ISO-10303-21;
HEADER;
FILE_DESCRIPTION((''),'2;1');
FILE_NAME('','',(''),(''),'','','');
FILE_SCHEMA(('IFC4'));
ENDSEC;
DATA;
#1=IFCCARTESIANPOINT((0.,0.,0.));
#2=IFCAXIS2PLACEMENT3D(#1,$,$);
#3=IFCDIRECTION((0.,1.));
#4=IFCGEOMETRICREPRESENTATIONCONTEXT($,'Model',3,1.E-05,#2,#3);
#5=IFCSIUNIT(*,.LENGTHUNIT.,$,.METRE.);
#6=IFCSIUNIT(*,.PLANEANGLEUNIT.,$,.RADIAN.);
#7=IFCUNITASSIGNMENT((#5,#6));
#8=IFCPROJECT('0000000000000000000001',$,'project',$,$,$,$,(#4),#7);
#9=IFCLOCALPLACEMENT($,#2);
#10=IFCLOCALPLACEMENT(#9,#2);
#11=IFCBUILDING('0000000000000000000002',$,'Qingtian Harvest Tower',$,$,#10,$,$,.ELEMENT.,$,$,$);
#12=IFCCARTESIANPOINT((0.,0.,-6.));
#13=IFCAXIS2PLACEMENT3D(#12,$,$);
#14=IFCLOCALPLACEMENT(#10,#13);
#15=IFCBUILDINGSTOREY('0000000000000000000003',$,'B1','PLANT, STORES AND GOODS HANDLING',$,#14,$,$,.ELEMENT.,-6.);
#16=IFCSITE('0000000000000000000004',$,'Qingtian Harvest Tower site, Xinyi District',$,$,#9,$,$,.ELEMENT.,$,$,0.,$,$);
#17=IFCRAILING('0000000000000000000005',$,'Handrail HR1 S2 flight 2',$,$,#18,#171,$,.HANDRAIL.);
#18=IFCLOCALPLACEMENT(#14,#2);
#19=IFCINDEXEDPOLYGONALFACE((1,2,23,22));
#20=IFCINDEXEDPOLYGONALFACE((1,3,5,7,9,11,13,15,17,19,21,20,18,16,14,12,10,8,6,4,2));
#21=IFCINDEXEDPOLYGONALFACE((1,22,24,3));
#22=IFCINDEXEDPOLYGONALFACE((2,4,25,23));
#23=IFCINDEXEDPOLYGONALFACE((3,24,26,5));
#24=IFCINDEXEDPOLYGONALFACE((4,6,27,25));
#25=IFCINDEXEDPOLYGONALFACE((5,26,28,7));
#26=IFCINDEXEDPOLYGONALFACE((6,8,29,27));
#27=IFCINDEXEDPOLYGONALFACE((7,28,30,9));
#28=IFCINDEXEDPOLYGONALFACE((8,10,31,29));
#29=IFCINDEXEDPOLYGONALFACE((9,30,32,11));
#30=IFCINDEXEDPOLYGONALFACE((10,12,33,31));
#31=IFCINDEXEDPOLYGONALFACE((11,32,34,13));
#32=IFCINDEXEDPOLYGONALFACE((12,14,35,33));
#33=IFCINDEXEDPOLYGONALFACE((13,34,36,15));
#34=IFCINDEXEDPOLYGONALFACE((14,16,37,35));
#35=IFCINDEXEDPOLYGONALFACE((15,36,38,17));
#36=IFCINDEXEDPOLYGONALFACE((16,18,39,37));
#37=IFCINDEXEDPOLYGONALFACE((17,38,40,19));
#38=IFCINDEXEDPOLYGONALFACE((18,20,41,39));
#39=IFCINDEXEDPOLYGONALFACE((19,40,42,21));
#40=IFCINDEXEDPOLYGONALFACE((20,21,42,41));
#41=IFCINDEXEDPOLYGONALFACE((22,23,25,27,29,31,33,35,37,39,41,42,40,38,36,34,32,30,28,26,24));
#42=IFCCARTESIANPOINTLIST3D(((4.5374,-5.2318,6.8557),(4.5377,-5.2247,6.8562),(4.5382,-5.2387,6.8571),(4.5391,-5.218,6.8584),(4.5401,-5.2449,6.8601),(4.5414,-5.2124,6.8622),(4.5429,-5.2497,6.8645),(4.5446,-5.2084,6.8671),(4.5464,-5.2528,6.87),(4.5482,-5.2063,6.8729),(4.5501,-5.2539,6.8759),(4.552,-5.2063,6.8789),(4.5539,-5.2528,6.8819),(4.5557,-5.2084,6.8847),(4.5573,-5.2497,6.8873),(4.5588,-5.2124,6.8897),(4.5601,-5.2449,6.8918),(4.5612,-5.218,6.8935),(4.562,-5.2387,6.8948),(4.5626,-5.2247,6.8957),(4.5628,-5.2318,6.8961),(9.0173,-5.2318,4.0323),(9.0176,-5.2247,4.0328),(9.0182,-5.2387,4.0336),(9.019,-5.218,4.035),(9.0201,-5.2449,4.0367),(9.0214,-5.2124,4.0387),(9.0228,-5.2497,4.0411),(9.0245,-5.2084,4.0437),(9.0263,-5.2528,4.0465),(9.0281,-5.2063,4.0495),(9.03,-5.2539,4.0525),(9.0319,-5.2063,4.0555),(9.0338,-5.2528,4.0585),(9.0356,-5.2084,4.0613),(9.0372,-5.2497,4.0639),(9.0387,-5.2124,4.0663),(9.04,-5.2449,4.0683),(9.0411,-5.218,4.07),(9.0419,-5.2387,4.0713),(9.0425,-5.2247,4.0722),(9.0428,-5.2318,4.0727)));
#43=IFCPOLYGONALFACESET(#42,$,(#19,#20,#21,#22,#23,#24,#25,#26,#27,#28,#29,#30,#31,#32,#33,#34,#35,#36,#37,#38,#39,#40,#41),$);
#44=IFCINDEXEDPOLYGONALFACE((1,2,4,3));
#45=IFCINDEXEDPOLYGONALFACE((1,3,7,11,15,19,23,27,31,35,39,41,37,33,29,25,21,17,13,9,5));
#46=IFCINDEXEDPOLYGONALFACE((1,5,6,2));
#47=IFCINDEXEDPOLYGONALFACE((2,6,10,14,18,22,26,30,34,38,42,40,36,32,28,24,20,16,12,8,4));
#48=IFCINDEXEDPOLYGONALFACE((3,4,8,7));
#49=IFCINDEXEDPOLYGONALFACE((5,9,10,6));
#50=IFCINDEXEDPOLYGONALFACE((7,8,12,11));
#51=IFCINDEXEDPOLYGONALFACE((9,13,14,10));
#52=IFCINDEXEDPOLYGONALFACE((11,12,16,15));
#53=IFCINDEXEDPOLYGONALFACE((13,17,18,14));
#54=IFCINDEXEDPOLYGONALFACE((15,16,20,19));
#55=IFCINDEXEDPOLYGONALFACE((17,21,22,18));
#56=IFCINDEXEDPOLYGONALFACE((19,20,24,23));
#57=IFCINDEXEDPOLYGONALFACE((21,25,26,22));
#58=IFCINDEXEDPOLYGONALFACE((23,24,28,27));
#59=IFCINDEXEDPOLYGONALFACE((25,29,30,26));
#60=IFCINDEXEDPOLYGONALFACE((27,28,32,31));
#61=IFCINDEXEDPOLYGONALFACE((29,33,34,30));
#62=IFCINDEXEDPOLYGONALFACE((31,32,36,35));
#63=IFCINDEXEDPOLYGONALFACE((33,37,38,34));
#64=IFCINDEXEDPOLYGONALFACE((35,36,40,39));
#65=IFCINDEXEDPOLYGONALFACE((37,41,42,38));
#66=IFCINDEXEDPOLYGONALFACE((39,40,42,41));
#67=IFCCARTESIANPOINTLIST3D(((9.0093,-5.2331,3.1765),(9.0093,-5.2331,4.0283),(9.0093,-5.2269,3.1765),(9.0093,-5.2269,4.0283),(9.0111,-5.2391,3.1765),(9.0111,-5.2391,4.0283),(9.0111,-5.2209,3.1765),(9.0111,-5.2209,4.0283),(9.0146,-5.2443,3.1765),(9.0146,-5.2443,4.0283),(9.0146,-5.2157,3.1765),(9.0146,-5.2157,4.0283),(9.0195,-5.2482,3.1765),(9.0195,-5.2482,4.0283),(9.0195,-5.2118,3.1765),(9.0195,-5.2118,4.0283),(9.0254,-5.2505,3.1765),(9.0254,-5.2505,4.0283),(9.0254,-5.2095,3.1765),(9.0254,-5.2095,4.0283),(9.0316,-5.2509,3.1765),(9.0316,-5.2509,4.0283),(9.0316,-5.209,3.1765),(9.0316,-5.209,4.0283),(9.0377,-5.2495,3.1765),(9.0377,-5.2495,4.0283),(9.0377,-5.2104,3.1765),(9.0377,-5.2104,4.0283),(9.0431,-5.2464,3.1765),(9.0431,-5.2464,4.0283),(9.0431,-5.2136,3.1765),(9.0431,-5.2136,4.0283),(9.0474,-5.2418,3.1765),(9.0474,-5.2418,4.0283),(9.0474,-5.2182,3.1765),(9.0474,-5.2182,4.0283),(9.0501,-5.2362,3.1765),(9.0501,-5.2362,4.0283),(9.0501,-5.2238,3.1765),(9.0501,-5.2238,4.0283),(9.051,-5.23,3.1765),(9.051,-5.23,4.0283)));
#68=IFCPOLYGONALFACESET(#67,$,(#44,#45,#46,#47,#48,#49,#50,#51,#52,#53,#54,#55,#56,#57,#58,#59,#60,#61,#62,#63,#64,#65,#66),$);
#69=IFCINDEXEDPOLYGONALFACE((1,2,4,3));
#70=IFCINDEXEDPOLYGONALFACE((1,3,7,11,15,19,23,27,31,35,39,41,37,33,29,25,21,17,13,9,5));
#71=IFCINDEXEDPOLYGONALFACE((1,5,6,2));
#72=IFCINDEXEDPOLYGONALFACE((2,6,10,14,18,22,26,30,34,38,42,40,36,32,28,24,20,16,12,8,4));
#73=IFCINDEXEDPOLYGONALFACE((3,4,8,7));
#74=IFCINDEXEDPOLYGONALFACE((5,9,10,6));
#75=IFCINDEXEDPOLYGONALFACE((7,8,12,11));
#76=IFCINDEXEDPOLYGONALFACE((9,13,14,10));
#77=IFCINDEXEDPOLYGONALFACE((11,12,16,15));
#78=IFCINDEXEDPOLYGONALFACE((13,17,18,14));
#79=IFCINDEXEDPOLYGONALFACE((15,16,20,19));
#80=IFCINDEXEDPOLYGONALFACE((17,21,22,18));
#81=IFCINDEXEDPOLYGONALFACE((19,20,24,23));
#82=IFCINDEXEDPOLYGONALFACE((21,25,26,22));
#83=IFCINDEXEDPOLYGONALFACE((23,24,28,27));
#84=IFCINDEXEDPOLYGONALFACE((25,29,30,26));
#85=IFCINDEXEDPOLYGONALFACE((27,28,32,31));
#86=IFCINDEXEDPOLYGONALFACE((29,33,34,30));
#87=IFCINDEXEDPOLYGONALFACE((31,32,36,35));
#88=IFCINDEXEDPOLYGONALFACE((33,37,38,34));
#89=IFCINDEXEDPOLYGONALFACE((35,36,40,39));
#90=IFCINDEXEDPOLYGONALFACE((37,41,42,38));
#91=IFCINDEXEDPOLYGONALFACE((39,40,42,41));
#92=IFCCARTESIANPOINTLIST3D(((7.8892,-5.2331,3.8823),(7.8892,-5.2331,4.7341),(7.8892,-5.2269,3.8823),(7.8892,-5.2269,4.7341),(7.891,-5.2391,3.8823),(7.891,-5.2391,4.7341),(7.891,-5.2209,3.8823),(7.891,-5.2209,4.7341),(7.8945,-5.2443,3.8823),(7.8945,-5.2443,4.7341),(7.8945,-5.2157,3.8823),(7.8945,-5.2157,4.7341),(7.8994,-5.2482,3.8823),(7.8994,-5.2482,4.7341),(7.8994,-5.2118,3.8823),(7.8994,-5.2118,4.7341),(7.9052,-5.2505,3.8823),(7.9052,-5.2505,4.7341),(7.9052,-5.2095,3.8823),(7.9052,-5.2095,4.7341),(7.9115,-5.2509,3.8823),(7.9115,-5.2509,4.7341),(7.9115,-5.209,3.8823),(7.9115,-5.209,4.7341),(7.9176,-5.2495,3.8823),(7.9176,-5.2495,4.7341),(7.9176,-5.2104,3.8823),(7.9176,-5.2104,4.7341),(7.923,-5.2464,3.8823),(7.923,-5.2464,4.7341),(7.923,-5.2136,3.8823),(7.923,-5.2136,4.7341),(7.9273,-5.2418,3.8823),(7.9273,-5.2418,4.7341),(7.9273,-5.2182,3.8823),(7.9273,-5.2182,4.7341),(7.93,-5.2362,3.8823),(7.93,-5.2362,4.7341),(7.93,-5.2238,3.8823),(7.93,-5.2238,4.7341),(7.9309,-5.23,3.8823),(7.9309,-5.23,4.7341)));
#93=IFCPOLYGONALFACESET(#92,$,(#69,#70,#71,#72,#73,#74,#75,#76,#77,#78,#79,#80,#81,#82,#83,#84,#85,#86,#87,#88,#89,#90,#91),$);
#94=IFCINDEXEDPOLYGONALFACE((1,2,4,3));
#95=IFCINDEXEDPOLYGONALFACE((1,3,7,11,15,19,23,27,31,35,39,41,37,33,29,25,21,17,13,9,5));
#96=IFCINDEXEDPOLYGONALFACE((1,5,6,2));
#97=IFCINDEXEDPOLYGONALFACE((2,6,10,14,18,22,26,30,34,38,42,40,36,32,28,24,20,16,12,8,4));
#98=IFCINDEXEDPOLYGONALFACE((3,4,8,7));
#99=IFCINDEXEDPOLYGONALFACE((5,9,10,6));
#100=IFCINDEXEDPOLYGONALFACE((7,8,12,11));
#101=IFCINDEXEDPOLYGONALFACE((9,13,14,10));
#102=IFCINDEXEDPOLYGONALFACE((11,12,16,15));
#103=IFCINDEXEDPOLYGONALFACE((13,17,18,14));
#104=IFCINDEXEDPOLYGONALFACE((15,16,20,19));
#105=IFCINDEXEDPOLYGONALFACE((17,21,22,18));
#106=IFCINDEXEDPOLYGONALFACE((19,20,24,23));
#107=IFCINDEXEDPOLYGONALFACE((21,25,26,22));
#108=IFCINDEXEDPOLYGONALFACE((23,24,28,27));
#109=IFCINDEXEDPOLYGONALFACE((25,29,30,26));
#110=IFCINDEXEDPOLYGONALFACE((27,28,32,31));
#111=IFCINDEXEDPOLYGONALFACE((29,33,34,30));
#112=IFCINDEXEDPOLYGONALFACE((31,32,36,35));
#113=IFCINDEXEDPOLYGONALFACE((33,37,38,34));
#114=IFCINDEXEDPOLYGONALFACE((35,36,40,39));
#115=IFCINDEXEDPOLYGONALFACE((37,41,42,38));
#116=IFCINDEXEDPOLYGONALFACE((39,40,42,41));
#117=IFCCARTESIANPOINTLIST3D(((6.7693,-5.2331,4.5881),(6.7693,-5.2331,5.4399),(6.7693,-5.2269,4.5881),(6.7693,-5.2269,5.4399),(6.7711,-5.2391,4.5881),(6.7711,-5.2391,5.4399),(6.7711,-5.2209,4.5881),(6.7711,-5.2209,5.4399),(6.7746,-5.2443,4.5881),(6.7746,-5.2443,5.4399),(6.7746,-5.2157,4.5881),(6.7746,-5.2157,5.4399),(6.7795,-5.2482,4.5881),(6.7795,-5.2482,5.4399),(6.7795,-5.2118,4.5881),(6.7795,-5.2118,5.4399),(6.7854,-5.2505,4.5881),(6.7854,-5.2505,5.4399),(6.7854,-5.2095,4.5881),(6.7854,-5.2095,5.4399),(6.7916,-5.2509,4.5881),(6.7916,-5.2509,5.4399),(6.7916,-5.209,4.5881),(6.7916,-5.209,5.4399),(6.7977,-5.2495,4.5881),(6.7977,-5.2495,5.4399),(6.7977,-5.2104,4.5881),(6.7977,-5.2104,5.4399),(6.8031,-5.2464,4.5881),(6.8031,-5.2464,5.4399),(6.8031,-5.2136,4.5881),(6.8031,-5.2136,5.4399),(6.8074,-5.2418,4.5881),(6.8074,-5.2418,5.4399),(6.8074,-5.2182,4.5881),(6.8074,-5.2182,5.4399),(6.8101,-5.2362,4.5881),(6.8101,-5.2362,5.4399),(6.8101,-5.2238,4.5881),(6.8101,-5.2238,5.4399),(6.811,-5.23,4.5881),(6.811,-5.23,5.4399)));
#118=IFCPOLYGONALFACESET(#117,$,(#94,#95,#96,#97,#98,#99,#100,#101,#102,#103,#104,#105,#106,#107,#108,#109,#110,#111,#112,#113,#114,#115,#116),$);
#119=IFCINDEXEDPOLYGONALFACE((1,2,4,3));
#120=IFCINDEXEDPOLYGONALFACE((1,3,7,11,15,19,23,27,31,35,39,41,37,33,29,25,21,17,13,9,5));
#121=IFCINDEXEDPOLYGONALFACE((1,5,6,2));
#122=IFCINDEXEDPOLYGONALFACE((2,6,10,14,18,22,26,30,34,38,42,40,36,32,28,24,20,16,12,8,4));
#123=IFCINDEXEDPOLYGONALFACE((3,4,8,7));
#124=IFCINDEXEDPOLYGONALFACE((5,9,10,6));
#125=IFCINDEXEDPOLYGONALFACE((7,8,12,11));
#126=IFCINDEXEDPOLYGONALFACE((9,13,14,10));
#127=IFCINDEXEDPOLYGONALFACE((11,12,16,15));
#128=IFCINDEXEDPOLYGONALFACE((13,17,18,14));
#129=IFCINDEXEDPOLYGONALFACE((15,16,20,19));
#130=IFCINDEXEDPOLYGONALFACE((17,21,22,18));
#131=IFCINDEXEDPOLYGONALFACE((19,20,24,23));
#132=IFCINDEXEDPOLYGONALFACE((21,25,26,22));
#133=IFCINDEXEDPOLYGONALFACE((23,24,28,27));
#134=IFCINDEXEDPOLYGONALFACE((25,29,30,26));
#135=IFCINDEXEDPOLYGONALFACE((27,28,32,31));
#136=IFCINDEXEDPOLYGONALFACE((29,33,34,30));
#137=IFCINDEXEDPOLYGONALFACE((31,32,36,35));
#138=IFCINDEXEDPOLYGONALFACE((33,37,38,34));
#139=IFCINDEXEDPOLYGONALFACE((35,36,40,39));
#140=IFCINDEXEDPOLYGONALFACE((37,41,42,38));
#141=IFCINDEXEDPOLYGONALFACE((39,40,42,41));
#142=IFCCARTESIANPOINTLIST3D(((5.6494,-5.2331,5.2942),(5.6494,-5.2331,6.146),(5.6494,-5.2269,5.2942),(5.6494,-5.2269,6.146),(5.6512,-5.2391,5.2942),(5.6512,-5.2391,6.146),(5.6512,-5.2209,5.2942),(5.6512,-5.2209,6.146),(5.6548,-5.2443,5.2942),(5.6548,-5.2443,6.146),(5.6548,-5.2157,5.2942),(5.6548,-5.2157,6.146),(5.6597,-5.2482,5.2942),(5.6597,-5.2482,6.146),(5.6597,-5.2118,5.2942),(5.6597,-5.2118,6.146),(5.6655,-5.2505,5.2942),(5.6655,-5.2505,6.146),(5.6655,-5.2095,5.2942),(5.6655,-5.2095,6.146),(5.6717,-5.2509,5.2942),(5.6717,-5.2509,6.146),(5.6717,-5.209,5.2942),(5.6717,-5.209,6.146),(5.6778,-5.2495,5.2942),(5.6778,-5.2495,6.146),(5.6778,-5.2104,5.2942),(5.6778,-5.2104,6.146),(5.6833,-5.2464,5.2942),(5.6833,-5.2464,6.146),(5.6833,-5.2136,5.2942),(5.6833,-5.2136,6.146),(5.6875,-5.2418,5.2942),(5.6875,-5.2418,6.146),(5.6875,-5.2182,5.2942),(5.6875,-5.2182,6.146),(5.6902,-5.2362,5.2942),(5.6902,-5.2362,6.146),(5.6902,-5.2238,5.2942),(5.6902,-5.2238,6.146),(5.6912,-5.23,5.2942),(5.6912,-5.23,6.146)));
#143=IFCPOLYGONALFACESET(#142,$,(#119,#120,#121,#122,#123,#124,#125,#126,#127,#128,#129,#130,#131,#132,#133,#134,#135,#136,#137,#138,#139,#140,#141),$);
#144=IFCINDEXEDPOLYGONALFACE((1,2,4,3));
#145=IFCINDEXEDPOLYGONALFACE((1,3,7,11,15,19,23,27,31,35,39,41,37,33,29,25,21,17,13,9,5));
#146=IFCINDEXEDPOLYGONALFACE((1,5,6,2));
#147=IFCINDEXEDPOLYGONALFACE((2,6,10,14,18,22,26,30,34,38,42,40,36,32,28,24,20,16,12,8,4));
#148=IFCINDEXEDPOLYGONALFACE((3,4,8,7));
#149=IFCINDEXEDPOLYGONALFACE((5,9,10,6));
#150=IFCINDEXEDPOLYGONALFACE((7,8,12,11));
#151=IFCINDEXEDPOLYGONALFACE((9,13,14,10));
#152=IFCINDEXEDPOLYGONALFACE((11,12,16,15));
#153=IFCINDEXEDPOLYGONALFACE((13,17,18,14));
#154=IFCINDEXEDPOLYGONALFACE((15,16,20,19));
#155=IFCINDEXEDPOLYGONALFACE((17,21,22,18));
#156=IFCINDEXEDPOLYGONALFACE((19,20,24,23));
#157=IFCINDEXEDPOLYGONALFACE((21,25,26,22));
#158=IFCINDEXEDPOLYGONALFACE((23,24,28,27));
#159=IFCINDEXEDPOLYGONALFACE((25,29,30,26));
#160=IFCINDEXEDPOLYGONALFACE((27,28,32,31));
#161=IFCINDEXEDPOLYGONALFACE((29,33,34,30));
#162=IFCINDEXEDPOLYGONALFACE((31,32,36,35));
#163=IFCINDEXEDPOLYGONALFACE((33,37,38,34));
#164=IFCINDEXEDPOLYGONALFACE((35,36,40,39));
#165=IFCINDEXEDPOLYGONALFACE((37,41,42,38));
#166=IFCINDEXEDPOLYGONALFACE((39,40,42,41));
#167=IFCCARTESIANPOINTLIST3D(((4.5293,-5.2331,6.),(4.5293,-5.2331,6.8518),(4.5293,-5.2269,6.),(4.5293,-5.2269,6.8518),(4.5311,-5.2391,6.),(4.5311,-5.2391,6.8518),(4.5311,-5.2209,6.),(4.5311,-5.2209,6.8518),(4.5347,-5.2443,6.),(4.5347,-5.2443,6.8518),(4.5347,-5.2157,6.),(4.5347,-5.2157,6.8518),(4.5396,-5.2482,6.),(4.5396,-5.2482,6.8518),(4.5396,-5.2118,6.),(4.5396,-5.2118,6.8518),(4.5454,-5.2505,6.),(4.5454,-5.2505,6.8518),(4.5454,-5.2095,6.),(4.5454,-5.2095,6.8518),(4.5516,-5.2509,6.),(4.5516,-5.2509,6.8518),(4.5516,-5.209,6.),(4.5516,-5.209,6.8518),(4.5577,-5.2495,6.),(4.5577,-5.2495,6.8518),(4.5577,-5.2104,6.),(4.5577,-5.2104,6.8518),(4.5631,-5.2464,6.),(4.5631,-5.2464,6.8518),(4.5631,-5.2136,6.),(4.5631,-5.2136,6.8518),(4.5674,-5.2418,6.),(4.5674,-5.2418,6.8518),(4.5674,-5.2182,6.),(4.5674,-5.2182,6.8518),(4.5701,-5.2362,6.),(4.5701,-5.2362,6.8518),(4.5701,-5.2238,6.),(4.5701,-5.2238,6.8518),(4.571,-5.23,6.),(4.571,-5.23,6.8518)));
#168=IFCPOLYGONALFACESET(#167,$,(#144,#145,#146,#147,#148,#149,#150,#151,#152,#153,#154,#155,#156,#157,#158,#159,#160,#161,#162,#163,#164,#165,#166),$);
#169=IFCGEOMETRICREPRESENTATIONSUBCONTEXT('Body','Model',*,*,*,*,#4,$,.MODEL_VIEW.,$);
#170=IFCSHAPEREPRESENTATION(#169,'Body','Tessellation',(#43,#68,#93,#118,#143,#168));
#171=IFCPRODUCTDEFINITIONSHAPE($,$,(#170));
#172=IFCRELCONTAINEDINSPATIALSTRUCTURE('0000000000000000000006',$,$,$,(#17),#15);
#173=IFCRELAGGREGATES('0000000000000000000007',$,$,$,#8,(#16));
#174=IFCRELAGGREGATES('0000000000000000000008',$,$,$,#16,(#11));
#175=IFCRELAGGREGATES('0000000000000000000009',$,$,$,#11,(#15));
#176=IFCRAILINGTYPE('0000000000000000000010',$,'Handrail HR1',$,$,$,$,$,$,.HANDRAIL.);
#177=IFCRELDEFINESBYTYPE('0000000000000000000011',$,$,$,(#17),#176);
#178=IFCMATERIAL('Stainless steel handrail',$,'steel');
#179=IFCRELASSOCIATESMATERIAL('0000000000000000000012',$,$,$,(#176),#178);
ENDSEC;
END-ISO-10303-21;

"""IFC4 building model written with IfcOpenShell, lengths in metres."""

from ifc_helpers import new_model, si_unit, direction, frame, origin, origin_2d, place, context, subcontext, project, spatial, circle, extrude, material, type_object, element, save


model = new_model("IFC4")

# Units and contexts
model_context = context("Model", 3, precision=1e-05, world=origin(), true_north=direction((0.0, 1.0)))
body_context = subcontext(model_context, "Body", "Model", "MODEL_VIEW")
ifc_project = project(units=[si_unit("LENGTHUNIT", "METRE"), si_unit("PLANEANGLEUNIT", "RADIAN")], contexts=[model_context])

# Site, building, storey
site_placement = place(None, origin())
site = spatial("IfcSite", under=ifc_project, at=site_placement, Name="Qingtian Harvest Tower site, Xinyi District", CompositionType="ELEMENT", RefElevation=0.0)
building_placement = place(site_placement, origin())
building = spatial("IfcBuilding", under=site, at=building_placement, Name="Qingtian Harvest Tower", CompositionType="ELEMENT")
storey_placement = place(building_placement, frame((0.0, 0.0, -6.0)))
storey = spatial("IfcBuildingStorey", under=building, at=storey_placement, Name="B1", Description="PLANT, STORES AND GOODS HANDLING", CompositionType="ELEMENT", Elevation=-6.0)

# Railing
ifc_material_1 = material(Name="Stainless steel handrail", Category="steel")
railing_type = type_object("IfcRailingType", Name="Handrail HR1", PredefinedType="HANDRAIL", material=ifc_material_1)
railing_placement = place(storey_placement, frame((9.03, -5.23, 3.1765)))
element("IfcRailing", 1, at=railing_placement, inside=storey, type_object=railing_type, Name="Handrail HR1 S2 flight 2", PredefinedType="HANDRAIL", context=body_context, shape_type="SweptSolid", body=[
    extrude(circle(Radius=0.0239, at=origin_2d()), frame((0.0, 0.0, 0.876), z_axis=(-0.845998, 0.0, 0.533186), x_axis=(0.0, -1.0, 0.0)), (0.0, 0.0, 1.0), 5.2954),
    extrude(circle(Radius=0.021, at=origin_2d()), origin(), (0.0, 0.0, 1.0), 0.8518),
    extrude(circle(Radius=0.021, at=origin_2d()), frame((-1.1201, 0.0, 0.7058)), (0.0, 0.0, 1.0), 0.8518),
    extrude(circle(Radius=0.021, at=origin_2d()), frame((-2.24, 0.0, 1.4116)), (0.0, 0.0, 1.0), 0.8518),
    extrude(circle(Radius=0.021, at=origin_2d()), frame((-3.3599, 0.0, 2.1177)), (0.0, 0.0, 1.0), 0.8518),
    extrude(circle(Radius=0.021, at=origin_2d()), frame((-4.48, 0.0, 2.8235)), (0.0, 0.0, 1.0), 0.8518),
])

save(model, "model.ifc")
